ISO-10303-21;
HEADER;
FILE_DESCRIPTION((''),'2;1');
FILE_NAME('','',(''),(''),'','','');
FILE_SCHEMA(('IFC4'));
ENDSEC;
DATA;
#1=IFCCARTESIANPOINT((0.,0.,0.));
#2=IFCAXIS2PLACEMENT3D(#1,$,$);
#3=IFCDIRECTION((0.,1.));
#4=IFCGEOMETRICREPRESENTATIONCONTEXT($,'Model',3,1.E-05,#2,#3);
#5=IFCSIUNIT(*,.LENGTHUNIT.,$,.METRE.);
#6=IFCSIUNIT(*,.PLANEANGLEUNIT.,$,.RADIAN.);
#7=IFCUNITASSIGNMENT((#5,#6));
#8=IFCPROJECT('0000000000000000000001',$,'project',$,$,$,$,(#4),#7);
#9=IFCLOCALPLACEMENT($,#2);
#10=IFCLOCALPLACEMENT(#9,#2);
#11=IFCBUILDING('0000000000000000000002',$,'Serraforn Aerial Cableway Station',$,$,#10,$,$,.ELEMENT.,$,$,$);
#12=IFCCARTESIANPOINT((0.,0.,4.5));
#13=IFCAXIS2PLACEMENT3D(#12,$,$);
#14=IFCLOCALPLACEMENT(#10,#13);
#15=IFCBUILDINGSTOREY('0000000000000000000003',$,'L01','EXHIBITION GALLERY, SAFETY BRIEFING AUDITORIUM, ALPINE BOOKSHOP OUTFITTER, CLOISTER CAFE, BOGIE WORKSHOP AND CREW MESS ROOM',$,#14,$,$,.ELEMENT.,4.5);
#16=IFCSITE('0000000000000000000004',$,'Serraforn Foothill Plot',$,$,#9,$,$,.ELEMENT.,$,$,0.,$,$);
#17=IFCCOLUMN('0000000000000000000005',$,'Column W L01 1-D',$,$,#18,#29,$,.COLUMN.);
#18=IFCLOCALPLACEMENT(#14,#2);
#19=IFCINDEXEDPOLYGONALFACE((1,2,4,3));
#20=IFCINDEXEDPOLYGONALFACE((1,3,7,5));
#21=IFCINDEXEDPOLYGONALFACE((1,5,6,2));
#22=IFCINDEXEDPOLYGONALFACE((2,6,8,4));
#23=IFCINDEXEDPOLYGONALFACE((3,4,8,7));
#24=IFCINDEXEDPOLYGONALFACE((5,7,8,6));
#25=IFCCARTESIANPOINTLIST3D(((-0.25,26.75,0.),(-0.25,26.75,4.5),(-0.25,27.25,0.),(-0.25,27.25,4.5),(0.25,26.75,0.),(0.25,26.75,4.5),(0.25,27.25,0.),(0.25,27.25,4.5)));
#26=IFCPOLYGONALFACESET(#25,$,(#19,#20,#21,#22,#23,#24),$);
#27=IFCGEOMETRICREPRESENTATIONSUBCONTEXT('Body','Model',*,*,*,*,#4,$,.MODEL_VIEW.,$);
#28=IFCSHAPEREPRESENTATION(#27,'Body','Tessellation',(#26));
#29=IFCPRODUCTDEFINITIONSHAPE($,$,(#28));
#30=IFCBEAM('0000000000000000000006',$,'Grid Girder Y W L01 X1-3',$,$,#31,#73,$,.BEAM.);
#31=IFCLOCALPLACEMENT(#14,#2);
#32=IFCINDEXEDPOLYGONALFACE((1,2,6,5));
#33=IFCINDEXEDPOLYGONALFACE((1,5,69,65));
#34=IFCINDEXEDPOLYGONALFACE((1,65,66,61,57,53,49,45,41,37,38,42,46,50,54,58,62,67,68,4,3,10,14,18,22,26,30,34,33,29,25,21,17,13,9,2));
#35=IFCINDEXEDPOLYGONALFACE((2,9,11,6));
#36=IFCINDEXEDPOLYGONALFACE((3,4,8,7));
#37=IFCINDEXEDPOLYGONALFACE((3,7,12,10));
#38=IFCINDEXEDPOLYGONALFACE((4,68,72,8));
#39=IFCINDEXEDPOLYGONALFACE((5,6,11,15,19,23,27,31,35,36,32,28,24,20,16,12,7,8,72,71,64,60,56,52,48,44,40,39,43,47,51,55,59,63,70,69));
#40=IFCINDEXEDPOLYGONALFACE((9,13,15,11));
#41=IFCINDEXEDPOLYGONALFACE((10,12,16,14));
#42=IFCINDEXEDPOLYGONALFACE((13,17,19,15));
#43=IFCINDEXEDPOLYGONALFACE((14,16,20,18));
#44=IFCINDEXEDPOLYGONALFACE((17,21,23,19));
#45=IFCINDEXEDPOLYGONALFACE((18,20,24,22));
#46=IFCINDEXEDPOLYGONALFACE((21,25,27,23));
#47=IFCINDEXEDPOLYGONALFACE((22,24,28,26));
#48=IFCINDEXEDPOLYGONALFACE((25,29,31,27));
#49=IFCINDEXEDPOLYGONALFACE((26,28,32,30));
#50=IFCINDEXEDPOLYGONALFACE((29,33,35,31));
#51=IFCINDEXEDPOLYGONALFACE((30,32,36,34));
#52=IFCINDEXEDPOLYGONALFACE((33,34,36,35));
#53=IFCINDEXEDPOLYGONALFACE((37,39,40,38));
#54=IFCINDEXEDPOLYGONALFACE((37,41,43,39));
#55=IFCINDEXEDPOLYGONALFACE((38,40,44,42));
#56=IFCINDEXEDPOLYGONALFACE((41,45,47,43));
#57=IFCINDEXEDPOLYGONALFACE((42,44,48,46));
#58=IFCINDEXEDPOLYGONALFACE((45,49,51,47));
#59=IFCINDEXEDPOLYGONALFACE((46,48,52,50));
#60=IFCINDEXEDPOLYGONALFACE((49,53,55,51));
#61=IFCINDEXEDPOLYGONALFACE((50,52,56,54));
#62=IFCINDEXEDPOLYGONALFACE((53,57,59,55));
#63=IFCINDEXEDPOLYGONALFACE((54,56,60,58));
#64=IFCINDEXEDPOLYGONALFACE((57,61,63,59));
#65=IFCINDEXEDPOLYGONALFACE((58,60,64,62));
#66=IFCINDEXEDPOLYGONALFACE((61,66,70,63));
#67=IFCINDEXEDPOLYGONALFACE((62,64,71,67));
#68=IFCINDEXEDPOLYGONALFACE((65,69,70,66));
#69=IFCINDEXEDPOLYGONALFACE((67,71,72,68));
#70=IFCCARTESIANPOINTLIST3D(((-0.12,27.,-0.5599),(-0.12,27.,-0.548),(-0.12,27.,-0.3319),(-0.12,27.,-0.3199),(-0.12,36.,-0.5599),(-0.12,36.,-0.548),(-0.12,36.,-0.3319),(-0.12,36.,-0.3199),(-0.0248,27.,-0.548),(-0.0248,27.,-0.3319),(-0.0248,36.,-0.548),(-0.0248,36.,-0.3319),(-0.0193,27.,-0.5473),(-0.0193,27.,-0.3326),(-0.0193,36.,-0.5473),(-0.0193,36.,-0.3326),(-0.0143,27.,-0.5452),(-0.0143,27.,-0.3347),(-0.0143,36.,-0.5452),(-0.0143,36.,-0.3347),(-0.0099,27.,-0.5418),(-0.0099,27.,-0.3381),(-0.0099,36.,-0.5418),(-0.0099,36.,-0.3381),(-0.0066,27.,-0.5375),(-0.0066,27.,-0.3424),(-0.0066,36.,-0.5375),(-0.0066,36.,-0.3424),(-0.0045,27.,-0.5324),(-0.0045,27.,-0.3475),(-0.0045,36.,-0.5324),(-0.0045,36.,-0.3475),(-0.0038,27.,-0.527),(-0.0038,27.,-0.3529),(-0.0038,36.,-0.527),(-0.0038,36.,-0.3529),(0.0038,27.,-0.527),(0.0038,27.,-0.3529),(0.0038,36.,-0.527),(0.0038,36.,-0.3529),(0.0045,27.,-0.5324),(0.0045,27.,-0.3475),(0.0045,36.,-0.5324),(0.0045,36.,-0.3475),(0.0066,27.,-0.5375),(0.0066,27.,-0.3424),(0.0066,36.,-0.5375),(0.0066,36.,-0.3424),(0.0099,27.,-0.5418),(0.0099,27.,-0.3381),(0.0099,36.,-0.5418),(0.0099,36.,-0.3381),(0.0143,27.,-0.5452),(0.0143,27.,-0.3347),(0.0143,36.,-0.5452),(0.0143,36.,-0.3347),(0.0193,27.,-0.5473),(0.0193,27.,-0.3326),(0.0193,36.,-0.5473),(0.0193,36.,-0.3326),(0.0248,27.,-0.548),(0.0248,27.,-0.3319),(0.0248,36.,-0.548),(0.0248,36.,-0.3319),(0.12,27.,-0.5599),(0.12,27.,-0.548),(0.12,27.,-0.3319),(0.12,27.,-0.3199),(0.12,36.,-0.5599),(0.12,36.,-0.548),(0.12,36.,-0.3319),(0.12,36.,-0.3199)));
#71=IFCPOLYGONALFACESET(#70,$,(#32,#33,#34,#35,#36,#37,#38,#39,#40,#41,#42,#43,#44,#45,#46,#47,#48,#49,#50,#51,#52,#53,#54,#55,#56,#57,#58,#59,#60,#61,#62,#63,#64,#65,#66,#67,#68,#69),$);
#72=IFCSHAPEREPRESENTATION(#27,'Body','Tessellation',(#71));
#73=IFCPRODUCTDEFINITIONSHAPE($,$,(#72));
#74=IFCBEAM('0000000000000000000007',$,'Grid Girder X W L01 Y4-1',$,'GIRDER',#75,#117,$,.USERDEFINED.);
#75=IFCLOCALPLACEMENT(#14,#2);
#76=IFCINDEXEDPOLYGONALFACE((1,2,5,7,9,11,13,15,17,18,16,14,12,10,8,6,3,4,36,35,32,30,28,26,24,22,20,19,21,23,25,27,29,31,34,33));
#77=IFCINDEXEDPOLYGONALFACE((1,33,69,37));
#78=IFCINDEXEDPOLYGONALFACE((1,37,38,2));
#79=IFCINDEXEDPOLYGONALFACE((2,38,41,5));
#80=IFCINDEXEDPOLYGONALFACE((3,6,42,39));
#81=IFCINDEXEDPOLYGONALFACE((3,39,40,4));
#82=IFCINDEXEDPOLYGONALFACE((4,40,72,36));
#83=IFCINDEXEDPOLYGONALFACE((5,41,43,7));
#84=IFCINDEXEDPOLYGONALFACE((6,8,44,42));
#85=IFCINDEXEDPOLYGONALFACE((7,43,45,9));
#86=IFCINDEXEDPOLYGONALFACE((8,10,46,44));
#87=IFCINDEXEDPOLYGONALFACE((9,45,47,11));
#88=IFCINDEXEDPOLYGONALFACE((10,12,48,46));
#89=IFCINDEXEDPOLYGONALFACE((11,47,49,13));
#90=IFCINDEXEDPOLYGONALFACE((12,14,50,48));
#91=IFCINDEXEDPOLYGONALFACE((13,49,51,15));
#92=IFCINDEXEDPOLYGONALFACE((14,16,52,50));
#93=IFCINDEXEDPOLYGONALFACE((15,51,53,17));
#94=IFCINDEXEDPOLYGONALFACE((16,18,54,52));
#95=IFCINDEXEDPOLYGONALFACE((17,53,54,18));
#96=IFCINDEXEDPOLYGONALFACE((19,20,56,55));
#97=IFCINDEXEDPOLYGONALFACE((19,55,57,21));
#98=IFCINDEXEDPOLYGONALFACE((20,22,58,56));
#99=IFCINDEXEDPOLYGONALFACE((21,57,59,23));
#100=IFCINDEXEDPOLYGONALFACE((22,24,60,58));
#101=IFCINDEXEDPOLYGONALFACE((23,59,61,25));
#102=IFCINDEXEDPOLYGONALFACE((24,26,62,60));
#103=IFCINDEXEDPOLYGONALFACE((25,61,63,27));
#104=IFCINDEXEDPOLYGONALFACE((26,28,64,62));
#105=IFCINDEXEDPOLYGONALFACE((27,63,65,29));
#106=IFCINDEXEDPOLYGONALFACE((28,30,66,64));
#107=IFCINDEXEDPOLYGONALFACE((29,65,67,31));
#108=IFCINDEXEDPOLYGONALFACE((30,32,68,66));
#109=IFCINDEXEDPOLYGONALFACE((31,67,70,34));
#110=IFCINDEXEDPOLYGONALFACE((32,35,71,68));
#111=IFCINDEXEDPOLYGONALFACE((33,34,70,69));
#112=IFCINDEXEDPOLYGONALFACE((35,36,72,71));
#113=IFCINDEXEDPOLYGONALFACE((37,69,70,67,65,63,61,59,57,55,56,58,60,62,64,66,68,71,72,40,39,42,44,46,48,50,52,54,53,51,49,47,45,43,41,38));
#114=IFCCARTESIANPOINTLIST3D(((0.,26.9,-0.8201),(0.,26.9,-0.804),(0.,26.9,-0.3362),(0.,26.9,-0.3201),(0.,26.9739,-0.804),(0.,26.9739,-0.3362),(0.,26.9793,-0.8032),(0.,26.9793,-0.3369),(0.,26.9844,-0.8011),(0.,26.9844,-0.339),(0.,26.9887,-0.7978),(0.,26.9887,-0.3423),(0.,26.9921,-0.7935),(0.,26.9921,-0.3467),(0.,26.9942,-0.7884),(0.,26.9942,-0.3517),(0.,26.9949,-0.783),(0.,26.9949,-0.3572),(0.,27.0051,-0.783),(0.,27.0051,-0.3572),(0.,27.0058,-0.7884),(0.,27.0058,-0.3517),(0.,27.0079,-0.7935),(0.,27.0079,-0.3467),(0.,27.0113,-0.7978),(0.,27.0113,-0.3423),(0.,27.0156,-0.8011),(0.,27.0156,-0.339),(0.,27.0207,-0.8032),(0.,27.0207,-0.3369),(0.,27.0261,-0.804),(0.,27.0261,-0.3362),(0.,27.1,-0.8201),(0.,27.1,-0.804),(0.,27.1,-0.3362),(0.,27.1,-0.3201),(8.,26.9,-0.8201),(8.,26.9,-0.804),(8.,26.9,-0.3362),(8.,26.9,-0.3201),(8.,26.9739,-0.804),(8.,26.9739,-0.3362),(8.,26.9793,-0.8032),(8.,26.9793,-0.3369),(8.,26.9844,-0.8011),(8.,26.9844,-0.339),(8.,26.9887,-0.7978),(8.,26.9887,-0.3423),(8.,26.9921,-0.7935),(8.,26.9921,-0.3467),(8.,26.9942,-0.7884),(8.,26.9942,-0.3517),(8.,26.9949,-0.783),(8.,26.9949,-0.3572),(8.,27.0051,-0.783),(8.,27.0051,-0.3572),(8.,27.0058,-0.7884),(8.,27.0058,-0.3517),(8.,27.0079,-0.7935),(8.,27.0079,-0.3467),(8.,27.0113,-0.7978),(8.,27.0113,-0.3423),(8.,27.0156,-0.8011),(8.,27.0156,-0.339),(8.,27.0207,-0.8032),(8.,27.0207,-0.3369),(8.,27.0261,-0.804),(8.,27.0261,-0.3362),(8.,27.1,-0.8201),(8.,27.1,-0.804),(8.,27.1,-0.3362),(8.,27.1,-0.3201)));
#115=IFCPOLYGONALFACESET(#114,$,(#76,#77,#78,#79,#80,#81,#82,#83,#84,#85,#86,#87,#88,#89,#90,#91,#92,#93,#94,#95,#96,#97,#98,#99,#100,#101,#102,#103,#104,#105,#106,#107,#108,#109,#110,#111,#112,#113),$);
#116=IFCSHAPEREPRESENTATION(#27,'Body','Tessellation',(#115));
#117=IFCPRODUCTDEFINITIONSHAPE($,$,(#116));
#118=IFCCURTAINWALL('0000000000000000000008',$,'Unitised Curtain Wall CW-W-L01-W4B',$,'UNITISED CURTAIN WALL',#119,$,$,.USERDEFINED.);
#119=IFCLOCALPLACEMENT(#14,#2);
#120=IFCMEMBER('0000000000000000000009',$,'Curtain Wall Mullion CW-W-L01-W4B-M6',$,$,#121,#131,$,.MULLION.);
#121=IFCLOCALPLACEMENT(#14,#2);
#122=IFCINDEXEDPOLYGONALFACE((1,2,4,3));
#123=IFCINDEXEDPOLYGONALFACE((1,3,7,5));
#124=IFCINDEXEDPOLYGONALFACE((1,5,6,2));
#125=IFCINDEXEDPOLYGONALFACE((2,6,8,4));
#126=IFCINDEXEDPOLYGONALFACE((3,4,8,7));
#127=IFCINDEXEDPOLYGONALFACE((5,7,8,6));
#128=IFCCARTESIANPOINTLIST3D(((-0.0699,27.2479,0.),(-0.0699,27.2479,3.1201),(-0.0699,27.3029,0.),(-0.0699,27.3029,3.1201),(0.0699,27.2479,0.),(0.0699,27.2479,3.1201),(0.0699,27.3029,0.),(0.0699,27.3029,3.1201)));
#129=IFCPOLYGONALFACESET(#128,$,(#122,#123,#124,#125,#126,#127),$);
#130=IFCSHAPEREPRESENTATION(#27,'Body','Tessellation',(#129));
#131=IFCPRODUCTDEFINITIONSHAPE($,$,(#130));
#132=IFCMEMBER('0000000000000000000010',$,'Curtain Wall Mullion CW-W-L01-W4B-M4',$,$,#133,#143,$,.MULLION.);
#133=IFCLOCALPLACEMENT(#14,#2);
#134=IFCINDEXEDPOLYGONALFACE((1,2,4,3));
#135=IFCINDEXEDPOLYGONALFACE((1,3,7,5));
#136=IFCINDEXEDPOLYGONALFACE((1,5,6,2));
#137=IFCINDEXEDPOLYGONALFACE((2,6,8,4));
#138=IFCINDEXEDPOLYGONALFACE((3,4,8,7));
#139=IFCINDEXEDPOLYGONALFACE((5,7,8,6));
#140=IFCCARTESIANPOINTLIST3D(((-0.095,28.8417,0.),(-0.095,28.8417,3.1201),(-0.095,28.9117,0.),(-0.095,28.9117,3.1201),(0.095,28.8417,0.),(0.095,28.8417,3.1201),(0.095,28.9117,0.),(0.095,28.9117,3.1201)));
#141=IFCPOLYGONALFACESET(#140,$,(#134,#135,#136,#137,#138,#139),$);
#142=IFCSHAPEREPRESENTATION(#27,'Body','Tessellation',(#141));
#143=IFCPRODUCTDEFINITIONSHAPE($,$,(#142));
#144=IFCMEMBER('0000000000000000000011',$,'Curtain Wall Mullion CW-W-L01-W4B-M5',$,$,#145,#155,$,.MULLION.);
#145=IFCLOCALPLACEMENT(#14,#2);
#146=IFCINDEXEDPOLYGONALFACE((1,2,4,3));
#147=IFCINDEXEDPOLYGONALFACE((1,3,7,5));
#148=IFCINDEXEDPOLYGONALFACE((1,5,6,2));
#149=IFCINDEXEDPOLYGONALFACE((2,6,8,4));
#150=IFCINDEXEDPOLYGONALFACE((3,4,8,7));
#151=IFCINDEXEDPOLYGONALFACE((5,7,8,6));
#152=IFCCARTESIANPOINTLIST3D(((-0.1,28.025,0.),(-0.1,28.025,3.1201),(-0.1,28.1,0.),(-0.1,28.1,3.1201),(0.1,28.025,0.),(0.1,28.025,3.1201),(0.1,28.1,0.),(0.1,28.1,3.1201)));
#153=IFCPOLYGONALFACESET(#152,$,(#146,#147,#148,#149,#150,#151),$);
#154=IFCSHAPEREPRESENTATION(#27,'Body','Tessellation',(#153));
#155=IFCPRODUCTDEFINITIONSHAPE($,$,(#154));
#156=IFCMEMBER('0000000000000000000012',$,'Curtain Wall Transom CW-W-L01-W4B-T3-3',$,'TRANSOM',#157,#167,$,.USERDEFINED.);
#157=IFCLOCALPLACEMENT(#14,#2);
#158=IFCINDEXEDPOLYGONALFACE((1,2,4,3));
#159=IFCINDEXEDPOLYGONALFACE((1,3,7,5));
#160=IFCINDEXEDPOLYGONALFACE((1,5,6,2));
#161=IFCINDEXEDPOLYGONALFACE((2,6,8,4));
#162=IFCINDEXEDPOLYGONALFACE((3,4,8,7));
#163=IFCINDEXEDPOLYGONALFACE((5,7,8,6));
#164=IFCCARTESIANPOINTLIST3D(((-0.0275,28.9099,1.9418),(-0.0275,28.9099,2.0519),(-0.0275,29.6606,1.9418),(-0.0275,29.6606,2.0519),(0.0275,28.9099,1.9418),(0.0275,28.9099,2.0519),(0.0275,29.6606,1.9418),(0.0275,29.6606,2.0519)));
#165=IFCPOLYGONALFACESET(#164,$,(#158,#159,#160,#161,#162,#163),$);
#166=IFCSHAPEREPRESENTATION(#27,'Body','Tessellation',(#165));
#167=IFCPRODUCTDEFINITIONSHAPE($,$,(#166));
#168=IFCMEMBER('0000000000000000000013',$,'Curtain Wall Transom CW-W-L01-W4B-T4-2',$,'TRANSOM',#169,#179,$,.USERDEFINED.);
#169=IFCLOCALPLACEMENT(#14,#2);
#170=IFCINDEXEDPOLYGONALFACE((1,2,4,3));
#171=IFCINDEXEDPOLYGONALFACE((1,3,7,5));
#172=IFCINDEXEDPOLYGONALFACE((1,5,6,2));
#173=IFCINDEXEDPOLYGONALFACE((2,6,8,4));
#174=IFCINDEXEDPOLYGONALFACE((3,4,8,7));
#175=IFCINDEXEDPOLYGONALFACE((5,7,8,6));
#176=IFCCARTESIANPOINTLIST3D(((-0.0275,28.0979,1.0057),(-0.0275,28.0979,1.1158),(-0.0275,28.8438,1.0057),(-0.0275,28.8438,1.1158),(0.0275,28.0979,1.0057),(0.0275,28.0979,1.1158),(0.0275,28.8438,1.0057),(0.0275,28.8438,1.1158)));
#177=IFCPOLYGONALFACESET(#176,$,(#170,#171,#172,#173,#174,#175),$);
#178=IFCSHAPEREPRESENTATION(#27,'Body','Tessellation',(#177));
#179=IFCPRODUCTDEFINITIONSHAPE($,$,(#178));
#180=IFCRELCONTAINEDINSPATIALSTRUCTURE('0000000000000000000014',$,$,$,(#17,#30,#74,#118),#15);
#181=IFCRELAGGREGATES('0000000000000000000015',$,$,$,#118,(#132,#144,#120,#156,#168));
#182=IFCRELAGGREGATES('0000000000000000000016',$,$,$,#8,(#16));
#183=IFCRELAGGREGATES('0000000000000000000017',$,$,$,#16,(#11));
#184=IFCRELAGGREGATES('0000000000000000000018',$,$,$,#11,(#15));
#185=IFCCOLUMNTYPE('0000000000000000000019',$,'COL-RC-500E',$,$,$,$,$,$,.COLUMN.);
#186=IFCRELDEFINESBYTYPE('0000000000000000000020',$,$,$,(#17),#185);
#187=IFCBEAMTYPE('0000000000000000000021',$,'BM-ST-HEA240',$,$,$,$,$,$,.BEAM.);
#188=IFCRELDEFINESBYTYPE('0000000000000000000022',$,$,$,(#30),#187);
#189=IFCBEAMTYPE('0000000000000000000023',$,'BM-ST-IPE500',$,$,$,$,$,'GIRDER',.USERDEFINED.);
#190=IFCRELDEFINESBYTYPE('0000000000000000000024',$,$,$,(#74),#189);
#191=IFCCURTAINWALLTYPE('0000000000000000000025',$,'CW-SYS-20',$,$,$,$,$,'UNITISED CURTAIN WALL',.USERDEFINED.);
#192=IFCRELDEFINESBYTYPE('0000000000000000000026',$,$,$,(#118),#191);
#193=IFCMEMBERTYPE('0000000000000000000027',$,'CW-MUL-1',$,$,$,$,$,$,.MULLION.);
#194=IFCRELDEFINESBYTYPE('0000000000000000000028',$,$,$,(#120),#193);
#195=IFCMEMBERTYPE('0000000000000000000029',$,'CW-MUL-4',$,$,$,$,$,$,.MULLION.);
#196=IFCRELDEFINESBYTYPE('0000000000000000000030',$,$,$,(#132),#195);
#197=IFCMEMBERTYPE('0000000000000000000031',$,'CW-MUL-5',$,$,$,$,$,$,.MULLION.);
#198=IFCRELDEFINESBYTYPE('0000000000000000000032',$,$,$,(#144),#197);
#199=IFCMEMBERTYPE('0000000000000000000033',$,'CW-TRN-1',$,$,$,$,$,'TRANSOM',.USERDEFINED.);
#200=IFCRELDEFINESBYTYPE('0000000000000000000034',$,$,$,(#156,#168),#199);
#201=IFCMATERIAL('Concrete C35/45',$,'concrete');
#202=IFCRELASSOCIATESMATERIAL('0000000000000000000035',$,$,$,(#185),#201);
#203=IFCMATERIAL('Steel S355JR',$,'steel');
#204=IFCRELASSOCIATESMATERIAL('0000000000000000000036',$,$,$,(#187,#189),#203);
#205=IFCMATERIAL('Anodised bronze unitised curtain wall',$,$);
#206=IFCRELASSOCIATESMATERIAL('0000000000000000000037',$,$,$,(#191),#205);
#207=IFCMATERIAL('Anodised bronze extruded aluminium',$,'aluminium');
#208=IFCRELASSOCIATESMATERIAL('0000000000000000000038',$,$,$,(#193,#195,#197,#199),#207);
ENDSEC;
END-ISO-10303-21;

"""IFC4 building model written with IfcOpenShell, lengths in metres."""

from ifc_helpers import new_model, si_unit, direction, frame, origin, origin_2d, place, context, subcontext, project, spatial, rectangle, i_section, extrude, material, material_profile, profile_set, type_object, element, aggregate, save


model = new_model("IFC4")

# Units and contexts
model_context = context("Model", 3, precision=1e-05, world=origin(), true_north=direction((0.0, 1.0)))
body_context = subcontext(model_context, "Body", "Model", "MODEL_VIEW")
ifc_project = project(units=[si_unit("LENGTHUNIT", "METRE"), si_unit("PLANEANGLEUNIT", "RADIAN")], contexts=[model_context])

# Site, building, storey
site_placement = place(None, origin())
site = spatial("IfcSite", under=ifc_project, at=site_placement, Name="Serraforn Foothill Plot", CompositionType="ELEMENT", RefElevation=0.0)
building_placement = place(site_placement, origin())
building = spatial("IfcBuilding", under=site, at=building_placement, Name="Serraforn Aerial Cableway Station", CompositionType="ELEMENT")
storey_placement = place(building_placement, frame((0.0, 0.0, 4.5)))
storey = spatial("IfcBuildingStorey", under=building, at=storey_placement, Name="L01", Description="EXHIBITION GALLERY, SAFETY BRIEFING AUDITORIUM, ALPINE BOOKSHOP OUTFITTER, CLOISTER CAFE, BOGIE WORKSHOP AND CREW MESS ROOM", CompositionType="ELEMENT", Elevation=4.5)

# Column
ifc_material_1 = material(Name="Concrete C35/45", Category="concrete")
ifc_material_profile_1 = material_profile(ifc_material_1, rectangle(XDim=0.5, YDim=0.5, at=origin_2d()), Name="RC 500x500")
ifc_profile_set_1 = profile_set([ifc_material_profile_1], Name="Concrete C35/45")
column_type = type_object("IfcColumnType", Name="COL-RC-500E", PredefinedType="COLUMN", material=ifc_profile_set_1)
column_placement = place(storey_placement, frame((0.0, 27.0, 0.0), z_axis=(0.0, 0.0, 1.0), x_axis=(1.0, 0.0, 0.0)))
element("IfcColumn", 1, at=column_placement, inside=storey, type_object=column_type, Name="Column W L01 1-D", PredefinedType="COLUMN", context=body_context, shape_type="SweptSolid", body=[
    extrude(rectangle(XDim=0.5, YDim=0.5, at=origin_2d()), origin(), (0.0, 0.0, 1.0), 4.5),
])

# Beams
ifc_material_2 = material(Name="Steel S355JR", Category="steel")
ifc_material_profile_2 = material_profile(ifc_material_2, i_section(OverallWidth=0.24, OverallDepth=0.24, WebThickness=0.0076, FlangeThickness=0.012, FilletRadius=0.021, at=origin_2d()), Name="HEA 240")
ifc_profile_set_2 = profile_set([ifc_material_profile_2], Name="Steel S355JR")
beam_type_1 = type_object("IfcBeamType", Name="BM-ST-HEA240", PredefinedType="BEAM", material=ifc_profile_set_2)
beam_1_placement = place(storey_placement, frame((0.0, 27.0, -0.4399), z_axis=(0.0, 1.0, 0.0), x_axis=(-1.0, 0.0, 0.0)))
element("IfcBeam", 2, at=beam_1_placement, inside=storey, type_object=beam_type_1, Name="Grid Girder Y W L01 X1-3", PredefinedType="BEAM", context=body_context, shape_type="SweptSolid", body=[
    extrude(i_section(OverallWidth=0.24, OverallDepth=0.24, WebThickness=0.0076, FlangeThickness=0.012, FilletRadius=0.021, at=origin_2d()), origin(), (0.0, 0.0, 1.0), 9.0),
])
ifc_material_profile_3 = material_profile(ifc_material_2, i_section(OverallWidth=0.2, OverallDepth=0.5, WebThickness=0.0103, FlangeThickness=0.0161, FilletRadius=0.021, at=origin_2d()), Name="IPE 500")
ifc_profile_set_3 = profile_set([ifc_material_profile_3], Name="Steel S355JR")
beam_type_2 = type_object("IfcBeamType", Name="BM-ST-IPE500", ElementType="GIRDER", PredefinedType="USERDEFINED", material=ifc_profile_set_3)
beam_2_placement = place(storey_placement, frame((0.0, 27.0, -0.5701), z_axis=(1.0, 0.0, 0.0), x_axis=(0.0, 1.0, 0.0)))
element("IfcBeam", 3, at=beam_2_placement, inside=storey, type_object=beam_type_2, Name="Grid Girder X W L01 Y4-1", ObjectType="GIRDER", PredefinedType="USERDEFINED", context=body_context, shape_type="SweptSolid", body=[
    extrude(i_section(OverallWidth=0.2, OverallDepth=0.5, WebThickness=0.0103, FlangeThickness=0.0161, FilletRadius=0.021, at=origin_2d()), origin(), (0.0, 0.0, 1.0), 8.0),
])

# Curtain wall, members
ifc_material_3 = material(Name="Anodised bronze unitised curtain wall")
curtain_wall_type = type_object("IfcCurtainWallType", Name="CW-SYS-20", ElementType="UNITISED CURTAIN WALL", PredefinedType="USERDEFINED", material=ifc_material_3)
curtain_wall_placement = place(storey_placement, origin())
curtain_wall = element("IfcCurtainWall", 4, at=curtain_wall_placement, inside=storey, type_object=curtain_wall_type, Name="Unitised Curtain Wall CW-W-L01-W4B", ObjectType="UNITISED CURTAIN WALL", PredefinedType="USERDEFINED")
ifc_material_4 = material(Name="Anodised bronze extruded aluminium", Category="aluminium")
ifc_material_profile_4 = material_profile(ifc_material_4, rectangle(XDim=0.0549, YDim=0.1399, at=origin_2d()), Name="CW MULLION 55x140")
ifc_profile_set_4 = profile_set([ifc_material_profile_4], Name="Anodised bronze extruded aluminium")
member_type_1 = type_object("IfcMemberType", Name="CW-MUL-1", PredefinedType="MULLION", material=ifc_profile_set_4)
member_1_placement = place(storey_placement, frame((0.0, 27.2754, 0.0), z_axis=(0.0, 0.0, 1.0), x_axis=(0.0, -1.0, 0.0)))
member_1 = element("IfcMember", 5, at=member_1_placement, type_object=member_type_1, Name="Curtain Wall Mullion CW-W-L01-W4B-M6", PredefinedType="MULLION", context=body_context, shape_type="SweptSolid", body=[
    extrude(rectangle(XDim=0.0549, YDim=0.1399, at=origin_2d()), origin(), (0.0, 0.0, 1.0), 3.1201),
])
ifc_material_profile_5 = material_profile(ifc_material_4, rectangle(XDim=0.0701, YDim=0.1899, at=origin_2d()), Name="CW MULLION 70x190")
ifc_profile_set_5 = profile_set([ifc_material_profile_5], Name="Anodised bronze extruded aluminium")
member_type_2 = type_object("IfcMemberType", Name="CW-MUL-4", PredefinedType="MULLION", material=ifc_profile_set_5)
member_2_placement = place(storey_placement, frame((0.0, 28.8767, 0.0), z_axis=(0.0, 0.0, 1.0), x_axis=(0.0, -1.0, 0.0)))
member_2 = element("IfcMember", 6, at=member_2_placement, type_object=member_type_2, Name="Curtain Wall Mullion CW-W-L01-W4B-M4", PredefinedType="MULLION", context=body_context, shape_type="SweptSolid", body=[
    extrude(rectangle(XDim=0.0701, YDim=0.1899, at=origin_2d()), origin(), (0.0, 0.0, 1.0), 3.1201),
])
ifc_material_profile_6 = material_profile(ifc_material_4, rectangle(XDim=0.075, YDim=0.2, at=origin_2d()), Name="CW MULLION 75x200")
ifc_profile_set_6 = profile_set([ifc_material_profile_6], Name="Anodised bronze extruded aluminium")
member_type_3 = type_object("IfcMemberType", Name="CW-MUL-5", PredefinedType="MULLION", material=ifc_profile_set_6)
member_3_placement = place(storey_placement, frame((0.0, 28.0625, 0.0), z_axis=(0.0, 0.0, 1.0), x_axis=(0.0, -1.0, 0.0)))
member_3 = element("IfcMember", 7, at=member_3_placement, type_object=member_type_3, Name="Curtain Wall Mullion CW-W-L01-W4B-M5", PredefinedType="MULLION", context=body_context, shape_type="SweptSolid", body=[
    extrude(rectangle(XDim=0.075, YDim=0.2, at=origin_2d()), origin(), (0.0, 0.0, 1.0), 3.1201),
])
ifc_material_profile_7 = material_profile(ifc_material_4, rectangle(XDim=0.0549, YDim=0.1101, at=origin_2d()), Name="CW TRANSOM 55x110")
ifc_profile_set_7 = profile_set([ifc_material_profile_7], Name="Anodised bronze extruded aluminium")
member_type_4 = type_object("IfcMemberType", Name="CW-TRN-1", ElementType="TRANSOM", PredefinedType="USERDEFINED", material=ifc_profile_set_7)
member_4_placement = place(storey_placement, frame((0.0, 29.6606, 1.9968), z_axis=(0.0, -1.0, 0.0), x_axis=(1.0, 0.0, 0.0)))
member_4 = element("IfcMember", 8, at=member_4_placement, type_object=member_type_4, Name="Curtain Wall Transom CW-W-L01-W4B-T3-3", ObjectType="TRANSOM", PredefinedType="USERDEFINED", context=body_context, shape_type="SweptSolid", body=[
    extrude(rectangle(XDim=0.0549, YDim=0.1101, at=origin_2d()), origin(), (0.0, 0.0, 1.0), 0.7507),
])
member_5_placement = place(storey_placement, frame((0.0, 28.8438, 1.0608), z_axis=(0.0, -1.0, 0.0), x_axis=(1.0, 0.0, 0.0)))
member_5 = element("IfcMember", 9, at=member_5_placement, type_object=member_type_4, Name="Curtain Wall Transom CW-W-L01-W4B-T4-2", ObjectType="TRANSOM", PredefinedType="USERDEFINED", context=body_context, shape_type="SweptSolid", body=[
    extrude(rectangle(XDim=0.0549, YDim=0.1101, at=origin_2d()), origin(), (0.0, 0.0, 1.0), 0.7458),
])
aggregate(curtain_wall, [member_2, member_3, member_1, member_4, member_5])

save(model, "model.ifc")
